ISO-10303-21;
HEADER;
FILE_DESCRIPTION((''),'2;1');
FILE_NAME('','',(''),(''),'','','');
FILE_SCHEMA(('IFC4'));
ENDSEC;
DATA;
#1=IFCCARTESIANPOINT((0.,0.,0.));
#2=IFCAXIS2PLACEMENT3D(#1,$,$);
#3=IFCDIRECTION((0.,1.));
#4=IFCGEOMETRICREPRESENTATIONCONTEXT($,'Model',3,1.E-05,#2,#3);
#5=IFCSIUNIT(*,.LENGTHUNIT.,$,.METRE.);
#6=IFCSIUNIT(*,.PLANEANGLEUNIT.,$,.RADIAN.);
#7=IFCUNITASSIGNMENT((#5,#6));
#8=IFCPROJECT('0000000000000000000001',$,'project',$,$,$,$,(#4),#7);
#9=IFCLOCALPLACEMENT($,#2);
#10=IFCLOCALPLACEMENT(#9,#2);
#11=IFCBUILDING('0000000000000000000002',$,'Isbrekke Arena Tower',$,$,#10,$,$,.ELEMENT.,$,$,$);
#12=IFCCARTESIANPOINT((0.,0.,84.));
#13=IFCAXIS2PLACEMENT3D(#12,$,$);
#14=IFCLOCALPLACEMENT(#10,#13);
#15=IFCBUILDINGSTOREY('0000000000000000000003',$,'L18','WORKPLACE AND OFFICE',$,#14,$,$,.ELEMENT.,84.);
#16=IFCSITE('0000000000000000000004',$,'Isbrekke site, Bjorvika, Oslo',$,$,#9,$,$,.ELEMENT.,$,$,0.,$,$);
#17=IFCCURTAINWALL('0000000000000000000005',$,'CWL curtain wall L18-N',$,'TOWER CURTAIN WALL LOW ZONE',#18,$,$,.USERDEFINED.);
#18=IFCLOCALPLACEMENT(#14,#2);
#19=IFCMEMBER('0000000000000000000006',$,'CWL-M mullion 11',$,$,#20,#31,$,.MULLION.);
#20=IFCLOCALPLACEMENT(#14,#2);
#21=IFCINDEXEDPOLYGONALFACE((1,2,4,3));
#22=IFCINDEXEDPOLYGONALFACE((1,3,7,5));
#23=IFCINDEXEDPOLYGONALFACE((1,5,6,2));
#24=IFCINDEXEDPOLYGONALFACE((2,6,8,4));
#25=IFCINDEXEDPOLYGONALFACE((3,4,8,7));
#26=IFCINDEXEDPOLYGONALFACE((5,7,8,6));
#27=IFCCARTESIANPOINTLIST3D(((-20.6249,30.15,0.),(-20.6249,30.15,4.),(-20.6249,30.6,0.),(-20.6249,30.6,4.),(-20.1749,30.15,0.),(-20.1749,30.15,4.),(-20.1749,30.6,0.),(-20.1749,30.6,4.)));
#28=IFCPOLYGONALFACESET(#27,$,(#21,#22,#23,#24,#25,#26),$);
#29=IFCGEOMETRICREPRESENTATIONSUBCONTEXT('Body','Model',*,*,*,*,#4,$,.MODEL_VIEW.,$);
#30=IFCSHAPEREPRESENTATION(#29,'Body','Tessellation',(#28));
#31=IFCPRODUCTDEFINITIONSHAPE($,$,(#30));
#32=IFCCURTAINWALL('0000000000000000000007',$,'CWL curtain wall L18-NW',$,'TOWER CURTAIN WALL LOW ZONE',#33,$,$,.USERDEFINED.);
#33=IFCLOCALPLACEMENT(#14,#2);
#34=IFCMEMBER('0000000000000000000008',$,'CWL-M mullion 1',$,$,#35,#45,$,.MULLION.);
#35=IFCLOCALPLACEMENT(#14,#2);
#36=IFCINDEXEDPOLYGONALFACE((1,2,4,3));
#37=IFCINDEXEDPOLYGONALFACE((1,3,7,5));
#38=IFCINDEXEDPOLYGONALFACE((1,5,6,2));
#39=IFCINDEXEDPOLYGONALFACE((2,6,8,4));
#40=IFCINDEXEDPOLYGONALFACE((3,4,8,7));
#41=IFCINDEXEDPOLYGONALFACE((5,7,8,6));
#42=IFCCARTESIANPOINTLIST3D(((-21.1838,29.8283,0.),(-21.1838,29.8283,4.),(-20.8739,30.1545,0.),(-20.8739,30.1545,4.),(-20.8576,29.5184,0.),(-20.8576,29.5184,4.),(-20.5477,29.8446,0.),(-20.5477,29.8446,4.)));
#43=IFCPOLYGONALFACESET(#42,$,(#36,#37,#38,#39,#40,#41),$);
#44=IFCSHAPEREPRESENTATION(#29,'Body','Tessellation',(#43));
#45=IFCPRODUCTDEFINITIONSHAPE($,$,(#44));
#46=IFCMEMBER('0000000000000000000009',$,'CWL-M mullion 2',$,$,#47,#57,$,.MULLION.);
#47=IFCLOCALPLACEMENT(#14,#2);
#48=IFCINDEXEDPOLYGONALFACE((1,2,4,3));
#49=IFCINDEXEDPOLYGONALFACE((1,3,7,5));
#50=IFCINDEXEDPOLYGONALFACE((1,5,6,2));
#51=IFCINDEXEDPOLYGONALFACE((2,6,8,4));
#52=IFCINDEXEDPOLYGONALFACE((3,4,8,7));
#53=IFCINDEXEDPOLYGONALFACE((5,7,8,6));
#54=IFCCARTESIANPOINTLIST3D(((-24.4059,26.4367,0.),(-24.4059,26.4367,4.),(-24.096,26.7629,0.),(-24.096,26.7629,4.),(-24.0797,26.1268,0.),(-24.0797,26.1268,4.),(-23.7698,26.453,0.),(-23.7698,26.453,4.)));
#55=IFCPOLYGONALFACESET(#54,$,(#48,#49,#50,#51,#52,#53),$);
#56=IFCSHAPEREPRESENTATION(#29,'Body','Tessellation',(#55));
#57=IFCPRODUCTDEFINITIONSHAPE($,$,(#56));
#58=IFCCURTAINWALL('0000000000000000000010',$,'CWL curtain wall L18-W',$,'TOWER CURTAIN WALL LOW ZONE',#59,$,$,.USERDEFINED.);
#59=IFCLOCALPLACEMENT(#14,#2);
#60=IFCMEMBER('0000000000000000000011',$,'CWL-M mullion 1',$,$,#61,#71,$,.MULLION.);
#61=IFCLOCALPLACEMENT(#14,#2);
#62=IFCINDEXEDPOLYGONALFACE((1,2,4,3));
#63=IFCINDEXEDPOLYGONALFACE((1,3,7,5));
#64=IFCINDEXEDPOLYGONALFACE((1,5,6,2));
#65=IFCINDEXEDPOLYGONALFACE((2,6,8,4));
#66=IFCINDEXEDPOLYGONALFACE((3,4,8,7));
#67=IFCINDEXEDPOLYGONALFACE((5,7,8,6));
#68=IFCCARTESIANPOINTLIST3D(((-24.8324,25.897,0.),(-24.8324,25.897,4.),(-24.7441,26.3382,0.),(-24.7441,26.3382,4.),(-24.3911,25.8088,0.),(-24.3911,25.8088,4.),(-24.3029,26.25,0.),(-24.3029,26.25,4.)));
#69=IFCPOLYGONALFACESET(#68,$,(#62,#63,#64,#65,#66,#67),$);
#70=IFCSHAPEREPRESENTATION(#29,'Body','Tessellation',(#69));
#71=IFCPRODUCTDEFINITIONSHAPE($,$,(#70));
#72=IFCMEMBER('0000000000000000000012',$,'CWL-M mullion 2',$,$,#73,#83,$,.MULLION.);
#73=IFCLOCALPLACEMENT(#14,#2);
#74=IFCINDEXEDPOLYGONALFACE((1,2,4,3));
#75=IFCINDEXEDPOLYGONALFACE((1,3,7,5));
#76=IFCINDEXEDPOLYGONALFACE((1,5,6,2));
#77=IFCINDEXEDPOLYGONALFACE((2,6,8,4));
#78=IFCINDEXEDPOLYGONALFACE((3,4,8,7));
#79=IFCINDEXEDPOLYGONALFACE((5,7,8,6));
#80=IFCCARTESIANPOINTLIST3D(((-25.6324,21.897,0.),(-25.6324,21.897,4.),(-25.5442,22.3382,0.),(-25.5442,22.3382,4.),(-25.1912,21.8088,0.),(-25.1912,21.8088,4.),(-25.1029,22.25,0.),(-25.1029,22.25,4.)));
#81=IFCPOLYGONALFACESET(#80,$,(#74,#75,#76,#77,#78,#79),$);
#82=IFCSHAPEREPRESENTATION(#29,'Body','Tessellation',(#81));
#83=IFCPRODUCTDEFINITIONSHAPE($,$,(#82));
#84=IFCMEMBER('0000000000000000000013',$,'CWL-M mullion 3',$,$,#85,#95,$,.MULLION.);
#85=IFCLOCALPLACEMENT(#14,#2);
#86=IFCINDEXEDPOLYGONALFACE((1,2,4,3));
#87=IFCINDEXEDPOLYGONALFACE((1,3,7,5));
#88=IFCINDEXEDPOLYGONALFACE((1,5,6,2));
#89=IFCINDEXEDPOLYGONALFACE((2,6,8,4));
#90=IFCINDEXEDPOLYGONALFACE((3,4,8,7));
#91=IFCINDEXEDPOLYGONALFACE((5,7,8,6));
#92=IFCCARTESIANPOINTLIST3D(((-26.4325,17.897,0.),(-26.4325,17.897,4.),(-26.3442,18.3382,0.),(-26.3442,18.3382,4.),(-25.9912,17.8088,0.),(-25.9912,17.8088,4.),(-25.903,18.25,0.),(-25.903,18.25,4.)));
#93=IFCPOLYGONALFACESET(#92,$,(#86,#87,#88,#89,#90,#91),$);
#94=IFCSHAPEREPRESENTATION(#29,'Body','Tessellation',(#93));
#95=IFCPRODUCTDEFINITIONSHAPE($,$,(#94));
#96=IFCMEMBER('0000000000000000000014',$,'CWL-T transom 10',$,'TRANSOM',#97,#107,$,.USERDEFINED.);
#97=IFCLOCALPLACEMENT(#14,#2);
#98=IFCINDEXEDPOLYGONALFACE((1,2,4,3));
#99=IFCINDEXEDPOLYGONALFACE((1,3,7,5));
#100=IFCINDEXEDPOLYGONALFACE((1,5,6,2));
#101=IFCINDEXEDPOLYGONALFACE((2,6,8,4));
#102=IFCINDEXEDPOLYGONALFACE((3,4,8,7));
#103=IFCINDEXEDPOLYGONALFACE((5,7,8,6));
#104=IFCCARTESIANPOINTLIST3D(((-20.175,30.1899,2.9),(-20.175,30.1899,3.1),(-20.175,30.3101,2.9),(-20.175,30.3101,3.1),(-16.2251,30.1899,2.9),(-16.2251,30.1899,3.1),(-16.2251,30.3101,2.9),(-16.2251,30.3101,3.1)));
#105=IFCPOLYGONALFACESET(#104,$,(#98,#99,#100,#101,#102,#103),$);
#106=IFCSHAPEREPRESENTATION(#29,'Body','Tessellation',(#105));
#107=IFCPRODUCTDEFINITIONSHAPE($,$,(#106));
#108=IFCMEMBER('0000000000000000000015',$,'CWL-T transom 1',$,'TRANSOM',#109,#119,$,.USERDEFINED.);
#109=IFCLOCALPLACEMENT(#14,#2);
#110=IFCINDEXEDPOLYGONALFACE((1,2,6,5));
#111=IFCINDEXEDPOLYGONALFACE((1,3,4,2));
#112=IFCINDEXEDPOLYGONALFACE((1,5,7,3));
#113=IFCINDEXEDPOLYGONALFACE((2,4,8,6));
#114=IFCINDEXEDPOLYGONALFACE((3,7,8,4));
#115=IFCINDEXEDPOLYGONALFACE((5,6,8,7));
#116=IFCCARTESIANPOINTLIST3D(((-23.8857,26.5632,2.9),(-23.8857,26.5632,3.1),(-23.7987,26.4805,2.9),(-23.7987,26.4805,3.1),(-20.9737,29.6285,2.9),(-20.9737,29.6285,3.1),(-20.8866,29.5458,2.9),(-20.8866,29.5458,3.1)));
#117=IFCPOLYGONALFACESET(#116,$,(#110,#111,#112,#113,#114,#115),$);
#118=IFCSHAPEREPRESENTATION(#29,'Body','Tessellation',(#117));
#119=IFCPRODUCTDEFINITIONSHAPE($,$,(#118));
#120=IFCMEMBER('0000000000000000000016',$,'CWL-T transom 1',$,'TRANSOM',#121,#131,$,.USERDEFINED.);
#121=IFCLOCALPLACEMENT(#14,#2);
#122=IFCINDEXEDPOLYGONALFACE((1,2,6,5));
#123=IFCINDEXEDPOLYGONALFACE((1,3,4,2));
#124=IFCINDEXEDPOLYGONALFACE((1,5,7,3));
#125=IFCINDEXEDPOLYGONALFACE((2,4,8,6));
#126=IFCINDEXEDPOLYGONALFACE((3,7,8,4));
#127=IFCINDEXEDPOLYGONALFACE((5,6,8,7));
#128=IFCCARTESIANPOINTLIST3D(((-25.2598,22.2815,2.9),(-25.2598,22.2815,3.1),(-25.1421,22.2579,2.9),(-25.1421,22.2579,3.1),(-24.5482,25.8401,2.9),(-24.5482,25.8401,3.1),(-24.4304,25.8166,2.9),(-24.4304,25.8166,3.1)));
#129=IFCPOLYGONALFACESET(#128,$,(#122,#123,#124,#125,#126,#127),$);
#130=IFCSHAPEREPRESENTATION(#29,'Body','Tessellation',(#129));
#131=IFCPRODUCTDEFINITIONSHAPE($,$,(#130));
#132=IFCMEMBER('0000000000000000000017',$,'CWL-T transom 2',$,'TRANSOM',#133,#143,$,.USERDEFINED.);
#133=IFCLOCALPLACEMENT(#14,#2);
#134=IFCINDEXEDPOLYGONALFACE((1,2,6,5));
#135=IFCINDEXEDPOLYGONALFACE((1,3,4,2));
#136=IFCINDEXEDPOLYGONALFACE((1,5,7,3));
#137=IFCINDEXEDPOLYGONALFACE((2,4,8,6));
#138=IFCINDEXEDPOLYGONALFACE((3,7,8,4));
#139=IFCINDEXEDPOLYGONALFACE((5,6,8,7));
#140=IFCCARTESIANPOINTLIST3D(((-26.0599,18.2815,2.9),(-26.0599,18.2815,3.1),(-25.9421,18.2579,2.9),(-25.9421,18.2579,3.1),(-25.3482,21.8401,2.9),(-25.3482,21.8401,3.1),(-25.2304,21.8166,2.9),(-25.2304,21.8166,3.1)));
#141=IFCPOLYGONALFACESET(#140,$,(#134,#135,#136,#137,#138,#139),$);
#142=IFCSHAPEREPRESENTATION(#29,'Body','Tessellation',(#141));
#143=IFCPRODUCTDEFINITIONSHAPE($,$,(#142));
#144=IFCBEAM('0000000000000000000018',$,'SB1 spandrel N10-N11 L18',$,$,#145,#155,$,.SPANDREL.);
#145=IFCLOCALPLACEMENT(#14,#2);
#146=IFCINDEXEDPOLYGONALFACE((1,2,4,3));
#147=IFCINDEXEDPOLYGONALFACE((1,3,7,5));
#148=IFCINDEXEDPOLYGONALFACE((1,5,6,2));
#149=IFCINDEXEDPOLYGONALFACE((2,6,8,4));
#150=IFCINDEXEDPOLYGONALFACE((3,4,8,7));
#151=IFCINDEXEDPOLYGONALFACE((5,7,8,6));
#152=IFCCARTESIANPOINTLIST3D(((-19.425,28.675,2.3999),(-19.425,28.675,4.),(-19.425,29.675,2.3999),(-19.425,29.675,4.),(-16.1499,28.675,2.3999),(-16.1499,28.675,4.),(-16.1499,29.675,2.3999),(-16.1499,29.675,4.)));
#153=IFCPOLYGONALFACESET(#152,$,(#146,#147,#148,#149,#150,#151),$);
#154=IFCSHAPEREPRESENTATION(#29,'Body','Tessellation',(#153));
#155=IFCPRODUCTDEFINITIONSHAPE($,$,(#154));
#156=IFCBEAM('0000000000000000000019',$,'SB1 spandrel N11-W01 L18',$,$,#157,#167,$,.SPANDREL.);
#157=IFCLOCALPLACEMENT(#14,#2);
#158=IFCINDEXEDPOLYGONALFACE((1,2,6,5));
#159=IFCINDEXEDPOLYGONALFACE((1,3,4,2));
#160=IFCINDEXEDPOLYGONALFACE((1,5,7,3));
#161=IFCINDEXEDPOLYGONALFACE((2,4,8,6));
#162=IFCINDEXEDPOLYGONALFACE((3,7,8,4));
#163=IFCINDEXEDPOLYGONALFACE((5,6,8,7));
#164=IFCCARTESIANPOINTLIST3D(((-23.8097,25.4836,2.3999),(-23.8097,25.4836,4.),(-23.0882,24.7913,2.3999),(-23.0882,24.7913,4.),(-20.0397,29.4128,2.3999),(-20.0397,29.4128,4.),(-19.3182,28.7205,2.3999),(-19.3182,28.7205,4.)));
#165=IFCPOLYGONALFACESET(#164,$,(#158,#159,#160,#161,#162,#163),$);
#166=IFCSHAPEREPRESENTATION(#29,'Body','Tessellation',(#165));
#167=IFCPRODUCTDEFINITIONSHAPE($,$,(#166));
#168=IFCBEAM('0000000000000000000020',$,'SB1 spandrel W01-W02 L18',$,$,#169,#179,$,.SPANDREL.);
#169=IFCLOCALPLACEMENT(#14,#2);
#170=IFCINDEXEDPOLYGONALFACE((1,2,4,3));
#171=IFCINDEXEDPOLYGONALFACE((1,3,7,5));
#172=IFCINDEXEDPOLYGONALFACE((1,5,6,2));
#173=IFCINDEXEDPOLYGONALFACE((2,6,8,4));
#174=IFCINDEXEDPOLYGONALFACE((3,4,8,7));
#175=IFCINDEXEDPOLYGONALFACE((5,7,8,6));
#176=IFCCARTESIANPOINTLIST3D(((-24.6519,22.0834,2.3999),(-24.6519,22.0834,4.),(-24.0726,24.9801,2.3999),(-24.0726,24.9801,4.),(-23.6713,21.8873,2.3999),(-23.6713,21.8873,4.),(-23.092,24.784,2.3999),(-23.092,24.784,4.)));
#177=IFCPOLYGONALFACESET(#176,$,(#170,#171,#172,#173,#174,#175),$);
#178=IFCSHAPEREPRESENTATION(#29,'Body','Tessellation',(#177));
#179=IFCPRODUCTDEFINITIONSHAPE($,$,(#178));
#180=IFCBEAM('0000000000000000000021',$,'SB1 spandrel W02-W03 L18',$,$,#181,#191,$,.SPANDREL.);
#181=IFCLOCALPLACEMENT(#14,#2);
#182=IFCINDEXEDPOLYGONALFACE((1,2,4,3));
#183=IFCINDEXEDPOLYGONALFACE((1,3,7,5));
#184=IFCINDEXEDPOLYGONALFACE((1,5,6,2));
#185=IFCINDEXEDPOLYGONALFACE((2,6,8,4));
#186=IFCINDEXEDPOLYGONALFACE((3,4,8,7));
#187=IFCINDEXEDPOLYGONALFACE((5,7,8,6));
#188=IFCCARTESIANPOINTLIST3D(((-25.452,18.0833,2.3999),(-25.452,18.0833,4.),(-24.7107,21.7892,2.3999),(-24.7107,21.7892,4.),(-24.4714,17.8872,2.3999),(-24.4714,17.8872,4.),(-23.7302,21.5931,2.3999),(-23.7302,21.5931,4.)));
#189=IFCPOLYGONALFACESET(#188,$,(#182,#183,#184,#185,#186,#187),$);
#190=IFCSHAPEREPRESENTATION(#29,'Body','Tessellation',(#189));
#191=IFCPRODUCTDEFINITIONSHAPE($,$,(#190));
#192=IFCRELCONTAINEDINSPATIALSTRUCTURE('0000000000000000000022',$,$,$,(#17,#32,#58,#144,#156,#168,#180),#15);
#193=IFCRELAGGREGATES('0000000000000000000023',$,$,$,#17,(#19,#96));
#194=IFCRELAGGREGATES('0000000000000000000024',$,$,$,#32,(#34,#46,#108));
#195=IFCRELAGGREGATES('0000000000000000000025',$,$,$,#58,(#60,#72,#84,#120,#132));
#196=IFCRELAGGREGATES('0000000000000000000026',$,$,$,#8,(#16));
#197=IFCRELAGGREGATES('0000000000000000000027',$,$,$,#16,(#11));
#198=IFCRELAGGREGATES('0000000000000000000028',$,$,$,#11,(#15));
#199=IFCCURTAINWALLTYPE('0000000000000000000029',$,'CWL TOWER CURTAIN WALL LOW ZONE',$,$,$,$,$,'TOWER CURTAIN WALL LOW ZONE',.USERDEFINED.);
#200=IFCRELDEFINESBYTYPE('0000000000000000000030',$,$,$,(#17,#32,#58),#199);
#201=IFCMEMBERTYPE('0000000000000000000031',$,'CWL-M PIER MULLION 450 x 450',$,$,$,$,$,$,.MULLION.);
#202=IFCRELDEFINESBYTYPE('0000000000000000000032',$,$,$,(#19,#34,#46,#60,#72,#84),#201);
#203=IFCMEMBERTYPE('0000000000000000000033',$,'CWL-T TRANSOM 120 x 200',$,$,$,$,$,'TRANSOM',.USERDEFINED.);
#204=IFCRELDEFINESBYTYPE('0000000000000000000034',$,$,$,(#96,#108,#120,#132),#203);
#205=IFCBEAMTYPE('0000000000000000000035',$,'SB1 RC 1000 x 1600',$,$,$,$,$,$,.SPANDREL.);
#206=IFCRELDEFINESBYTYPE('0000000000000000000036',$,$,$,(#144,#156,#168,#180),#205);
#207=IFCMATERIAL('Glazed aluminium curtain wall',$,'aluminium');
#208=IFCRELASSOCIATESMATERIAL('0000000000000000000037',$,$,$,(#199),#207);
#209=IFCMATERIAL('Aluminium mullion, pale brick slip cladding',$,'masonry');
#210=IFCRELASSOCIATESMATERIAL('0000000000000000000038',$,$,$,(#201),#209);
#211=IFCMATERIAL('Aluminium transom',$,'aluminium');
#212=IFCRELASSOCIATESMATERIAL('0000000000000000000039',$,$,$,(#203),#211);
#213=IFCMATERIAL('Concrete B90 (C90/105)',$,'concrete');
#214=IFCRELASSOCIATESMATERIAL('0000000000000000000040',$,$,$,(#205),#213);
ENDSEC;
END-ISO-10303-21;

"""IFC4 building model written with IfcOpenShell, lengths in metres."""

from ifc_helpers import new_model, si_unit, direction, frame, origin, origin_2d, place, context, subcontext, project, spatial, rectangle, extrude, material, material_profile, profile_set, type_object, element, aggregate, save


model = new_model("IFC4")

# Units and contexts
model_context = context("Model", 3, precision=1e-05, world=origin(), true_north=direction((0.0, 1.0)))
body_context = subcontext(model_context, "Body", "Model", "MODEL_VIEW")
ifc_project = project(units=[si_unit("LENGTHUNIT", "METRE"), si_unit("PLANEANGLEUNIT", "RADIAN")], contexts=[model_context])

# Site, building, storey
site_placement = place(None, origin())
site = spatial("IfcSite", under=ifc_project, at=site_placement, Name="Isbrekke site, Bjorvika, Oslo", CompositionType="ELEMENT", RefElevation=0.0)
building_placement = place(site_placement, origin())
building = spatial("IfcBuilding", under=site, at=building_placement, Name="Isbrekke Arena Tower", CompositionType="ELEMENT")
storey_placement = place(building_placement, frame((0.0, 0.0, 84.0)))
storey = spatial("IfcBuildingStorey", under=building, at=storey_placement, Name="L18", Description="WORKPLACE AND OFFICE", CompositionType="ELEMENT", Elevation=84.0)

# Curtain wall, member
ifc_material_1 = material(Name="Glazed aluminium curtain wall", Category="aluminium")
curtain_wall_type = type_object("IfcCurtainWallType", Name="CWL TOWER CURTAIN WALL LOW ZONE", ElementType="TOWER CURTAIN WALL LOW ZONE", PredefinedType="USERDEFINED", material=ifc_material_1)
curtain_wall_1_placement = place(storey_placement, origin())
curtain_wall_1 = element("IfcCurtainWall", 1, at=curtain_wall_1_placement, inside=storey, type_object=curtain_wall_type, Name="CWL curtain wall L18-N", ObjectType="TOWER CURTAIN WALL LOW ZONE", PredefinedType="USERDEFINED")
ifc_material_2 = material(Name="Aluminium mullion, pale brick slip cladding", Category="masonry")
ifc_material_profile_1 = material_profile(ifc_material_2, rectangle(XDim=0.45, YDim=0.45, at=origin_2d()), Name="PIER 450X450")
ifc_profile_set_1 = profile_set([ifc_material_profile_1], Name="Aluminium mullion, pale brick slip cladding")
member_type_1 = type_object("IfcMemberType", Name="CWL-M PIER MULLION 450 x 450", PredefinedType="MULLION", material=ifc_profile_set_1)
member_1_placement = place(storey_placement, frame((-20.3999, 30.375, 0.0), z_axis=(0.0, 0.0, 1.0), x_axis=(-1.0, 0.0, 0.0)))
member_1 = element("IfcMember", 2, at=member_1_placement, type_object=member_type_1, Name="CWL-M mullion 11", PredefinedType="MULLION", context=body_context, shape_type="SweptSolid", body=[
    extrude(rectangle(XDim=0.45, YDim=0.45, at=origin_2d()), origin(), (0.0, 0.0, 1.0), 4.0),
])

# Curtain walls, members
curtain_wall_2_placement = place(storey_placement, origin())
curtain_wall_2 = element("IfcCurtainWall", 3, at=curtain_wall_2_placement, inside=storey, type_object=curtain_wall_type, Name="CWL curtain wall L18-NW", ObjectType="TOWER CURTAIN WALL LOW ZONE", PredefinedType="USERDEFINED")
member_2_placement = place(storey_placement, frame((-20.8657, 29.8364, 0.0), z_axis=(0.0, 0.0, 1.0), x_axis=(-0.688749, -0.724999, 0.0)))
member_2 = element("IfcMember", 4, at=member_2_placement, type_object=member_type_1, Name="CWL-M mullion 1", PredefinedType="MULLION", context=body_context, shape_type="SweptSolid", body=[
    extrude(rectangle(XDim=0.45, YDim=0.45, at=origin_2d()), origin(), (0.0, 0.0, 1.0), 4.0),
])
member_3_placement = place(storey_placement, frame((-24.0879, 26.4448, 0.0), z_axis=(0.0, 0.0, 1.0), x_axis=(-0.688749, -0.724999, 0.0)))
member_3 = element("IfcMember", 5, at=member_3_placement, type_object=member_type_1, Name="CWL-M mullion 2", PredefinedType="MULLION", context=body_context, shape_type="SweptSolid", body=[
    extrude(rectangle(XDim=0.45, YDim=0.45, at=origin_2d()), origin(), (0.0, 0.0, 1.0), 4.0),
])
curtain_wall_3_placement = place(storey_placement, origin())
curtain_wall_3 = element("IfcCurtainWall", 6, at=curtain_wall_3_placement, inside=storey, type_object=curtain_wall_type, Name="CWL curtain wall L18-W", ObjectType="TOWER CURTAIN WALL LOW ZONE", PredefinedType="USERDEFINED")
member_4_placement = place(storey_placement, frame((-24.5676, 26.0735, 0.0), z_axis=(0.0, 0.0, 1.0), x_axis=(-0.196116, -0.980581, 0.0)))
member_4 = element("IfcMember", 7, at=member_4_placement, type_object=member_type_1, Name="CWL-M mullion 1", PredefinedType="MULLION", context=body_context, shape_type="SweptSolid", body=[
    extrude(rectangle(XDim=0.45, YDim=0.45, at=origin_2d()), origin(), (0.0, 0.0, 1.0), 4.0),
])
member_5_placement = place(storey_placement, frame((-25.3677, 22.0735, 0.0), z_axis=(0.0, 0.0, 1.0), x_axis=(-0.196116, -0.980581, 0.0)))
member_5 = element("IfcMember", 8, at=member_5_placement, type_object=member_type_1, Name="CWL-M mullion 2", PredefinedType="MULLION", context=body_context, shape_type="SweptSolid", body=[
    extrude(rectangle(XDim=0.45, YDim=0.45, at=origin_2d()), origin(), (0.0, 0.0, 1.0), 4.0),
])
member_6_placement = place(storey_placement, frame((-26.1677, 18.0735, 0.0), z_axis=(0.0, 0.0, 1.0), x_axis=(-0.196116, -0.980581, 0.0)))
member_6 = element("IfcMember", 9, at=member_6_placement, type_object=member_type_1, Name="CWL-M mullion 3", PredefinedType="MULLION", context=body_context, shape_type="SweptSolid", body=[
    extrude(rectangle(XDim=0.45, YDim=0.45, at=origin_2d()), origin(), (0.0, 0.0, 1.0), 4.0),
])

# Members
ifc_material_3 = material(Name="Aluminium transom", Category="aluminium")
ifc_material_profile_2 = material_profile(ifc_material_3, rectangle(XDim=0.1201, YDim=0.2, at=origin_2d()), Name="TRANSOM 120X200")
ifc_profile_set_2 = profile_set([ifc_material_profile_2], Name="Aluminium transom")
member_type_2 = type_object("IfcMemberType", Name="CWL-T TRANSOM 120 x 200", ElementType="TRANSOM", PredefinedType="USERDEFINED", material=ifc_profile_set_2)
member_7_placement = place(storey_placement, frame((-16.2251, 30.25, 3.0), z_axis=(-1.0, 0.0, 0.0), x_axis=(0.0, -1.0, 0.0)))
member_7 = element("IfcMember", 10, at=member_7_placement, type_object=member_type_2, Name="CWL-T transom 10", ObjectType="TRANSOM", PredefinedType="USERDEFINED", context=body_context, shape_type="SweptSolid", body=[
    extrude(rectangle(XDim=0.1201, YDim=0.2, at=origin_2d()), origin(), (0.0, 0.0, 1.0), 3.95),
])
member_8_placement = place(storey_placement, frame((-20.9302, 29.5872, 3.0), z_axis=(-0.688743, -0.725005, 0.0), x_axis=(0.725005, -0.688743, 0.0)))
member_8 = element("IfcMember", 11, at=member_8_placement, type_object=member_type_2, Name="CWL-T transom 1", ObjectType="TRANSOM", PredefinedType="USERDEFINED", context=body_context, shape_type="SweptSolid", body=[
    extrude(rectangle(XDim=0.1201, YDim=0.2, at=origin_2d()), origin(), (0.0, 0.0, 1.0), 4.228),
])
member_9_placement = place(storey_placement, frame((-24.4893, 25.8284, 3.0), z_axis=(-0.196103, -0.980583, 0.0), x_axis=(0.980583, -0.196103, 0.0)))
member_9 = element("IfcMember", 12, at=member_9_placement, type_object=member_type_2, Name="CWL-T transom 1", ObjectType="TRANSOM", PredefinedType="USERDEFINED", context=body_context, shape_type="SweptSolid", body=[
    extrude(rectangle(XDim=0.1201, YDim=0.2, at=origin_2d()), origin(), (0.0, 0.0, 1.0), 3.6292),
])
member_10_placement = place(storey_placement, frame((-25.2893, 21.8284, 3.0), z_axis=(-0.196103, -0.980583, 0.0), x_axis=(0.980583, -0.196103, 0.0)))
member_10 = element("IfcMember", 13, at=member_10_placement, type_object=member_type_2, Name="CWL-T transom 2", ObjectType="TRANSOM", PredefinedType="USERDEFINED", context=body_context, shape_type="SweptSolid", body=[
    extrude(rectangle(XDim=0.1201, YDim=0.2, at=origin_2d()), origin(), (0.0, 0.0, 1.0), 3.6292),
])

# Beams
ifc_material_4 = material(Name="Concrete B90 (C90/105)", Category="concrete")
ifc_material_profile_3 = material_profile(ifc_material_4, rectangle(XDim=1.0, YDim=1.6001, at=origin_2d()), Name="RC 1000x1600")
ifc_profile_set_3 = profile_set([ifc_material_profile_3], Name="Concrete B90 (C90/105)")
beam_type_1 = type_object("IfcBeamType", Name="SB1 RC 1000 x 1600", PredefinedType="SPANDREL", material=ifc_profile_set_3)
beam_1_placement = place(storey_placement, frame((-16.1499, 29.175, 3.2), z_axis=(-1.0, 0.0, 0.0), x_axis=(0.0, -1.0, 0.0)))
element("IfcBeam", 14, at=beam_1_placement, inside=storey, type_object=beam_type_1, Name="SB1 spandrel N10-N11 L18", PredefinedType="SPANDREL", context=body_context, shape_type="SweptSolid", body=[
    extrude(rectangle(XDim=1.0, YDim=1.6001, at=origin_2d()), origin(), (0.0, 0.0, 1.0), 3.2751),
])
beam_2_placement = place(storey_placement, frame((-19.679, 29.0667, 3.2), z_axis=(-0.69234, -0.721572, 0.0), x_axis=(0.721572, -0.69234, 0.0)))
element("IfcBeam", 15, at=beam_2_placement, inside=storey, type_object=beam_type_1, Name="SB1 spandrel N11-W01 L18", PredefinedType="SPANDREL", context=body_context, shape_type="SweptSolid", body=[
    extrude(rectangle(XDim=1.0, YDim=1.6001, at=origin_2d()), origin(), (0.0, 0.0, 1.0), 5.4453),
])
beam_3_placement = place(storey_placement, frame((-23.5823, 24.8821, 3.2), z_axis=(-0.196116, -0.980581, 0.0), x_axis=(0.980581, -0.196116, 0.0)))
element("IfcBeam", 16, at=beam_3_placement, inside=storey, type_object=beam_type_1, Name="SB1 spandrel W01-W02 L18", PredefinedType="SPANDREL", context=body_context, shape_type="SweptSolid", body=[
    extrude(rectangle(XDim=1.0, YDim=1.6001, at=origin_2d()), origin(), (0.0, 0.0, 1.0), 2.9541),
])
beam_4_placement = place(storey_placement, frame((-24.2205, 21.6912, 3.2), z_axis=(-0.196129, -0.980578, 0.0), x_axis=(0.980578, -0.196129, 0.0)))
element("IfcBeam", 17, at=beam_4_placement, inside=storey, type_object=beam_type_1, Name="SB1 spandrel W02-W03 L18", PredefinedType="SPANDREL", context=body_context, shape_type="SweptSolid", body=[
    extrude(rectangle(XDim=1.0, YDim=1.6001, at=origin_2d()), origin(), (0.0, 0.0, 1.0), 3.7793),
])

aggregate(curtain_wall_1, [member_1, member_7])
aggregate(curtain_wall_2, [member_2, member_3, member_8])
aggregate(curtain_wall_3, [member_4, member_5, member_6, member_9, member_10])

save(model, "model.ifc")
